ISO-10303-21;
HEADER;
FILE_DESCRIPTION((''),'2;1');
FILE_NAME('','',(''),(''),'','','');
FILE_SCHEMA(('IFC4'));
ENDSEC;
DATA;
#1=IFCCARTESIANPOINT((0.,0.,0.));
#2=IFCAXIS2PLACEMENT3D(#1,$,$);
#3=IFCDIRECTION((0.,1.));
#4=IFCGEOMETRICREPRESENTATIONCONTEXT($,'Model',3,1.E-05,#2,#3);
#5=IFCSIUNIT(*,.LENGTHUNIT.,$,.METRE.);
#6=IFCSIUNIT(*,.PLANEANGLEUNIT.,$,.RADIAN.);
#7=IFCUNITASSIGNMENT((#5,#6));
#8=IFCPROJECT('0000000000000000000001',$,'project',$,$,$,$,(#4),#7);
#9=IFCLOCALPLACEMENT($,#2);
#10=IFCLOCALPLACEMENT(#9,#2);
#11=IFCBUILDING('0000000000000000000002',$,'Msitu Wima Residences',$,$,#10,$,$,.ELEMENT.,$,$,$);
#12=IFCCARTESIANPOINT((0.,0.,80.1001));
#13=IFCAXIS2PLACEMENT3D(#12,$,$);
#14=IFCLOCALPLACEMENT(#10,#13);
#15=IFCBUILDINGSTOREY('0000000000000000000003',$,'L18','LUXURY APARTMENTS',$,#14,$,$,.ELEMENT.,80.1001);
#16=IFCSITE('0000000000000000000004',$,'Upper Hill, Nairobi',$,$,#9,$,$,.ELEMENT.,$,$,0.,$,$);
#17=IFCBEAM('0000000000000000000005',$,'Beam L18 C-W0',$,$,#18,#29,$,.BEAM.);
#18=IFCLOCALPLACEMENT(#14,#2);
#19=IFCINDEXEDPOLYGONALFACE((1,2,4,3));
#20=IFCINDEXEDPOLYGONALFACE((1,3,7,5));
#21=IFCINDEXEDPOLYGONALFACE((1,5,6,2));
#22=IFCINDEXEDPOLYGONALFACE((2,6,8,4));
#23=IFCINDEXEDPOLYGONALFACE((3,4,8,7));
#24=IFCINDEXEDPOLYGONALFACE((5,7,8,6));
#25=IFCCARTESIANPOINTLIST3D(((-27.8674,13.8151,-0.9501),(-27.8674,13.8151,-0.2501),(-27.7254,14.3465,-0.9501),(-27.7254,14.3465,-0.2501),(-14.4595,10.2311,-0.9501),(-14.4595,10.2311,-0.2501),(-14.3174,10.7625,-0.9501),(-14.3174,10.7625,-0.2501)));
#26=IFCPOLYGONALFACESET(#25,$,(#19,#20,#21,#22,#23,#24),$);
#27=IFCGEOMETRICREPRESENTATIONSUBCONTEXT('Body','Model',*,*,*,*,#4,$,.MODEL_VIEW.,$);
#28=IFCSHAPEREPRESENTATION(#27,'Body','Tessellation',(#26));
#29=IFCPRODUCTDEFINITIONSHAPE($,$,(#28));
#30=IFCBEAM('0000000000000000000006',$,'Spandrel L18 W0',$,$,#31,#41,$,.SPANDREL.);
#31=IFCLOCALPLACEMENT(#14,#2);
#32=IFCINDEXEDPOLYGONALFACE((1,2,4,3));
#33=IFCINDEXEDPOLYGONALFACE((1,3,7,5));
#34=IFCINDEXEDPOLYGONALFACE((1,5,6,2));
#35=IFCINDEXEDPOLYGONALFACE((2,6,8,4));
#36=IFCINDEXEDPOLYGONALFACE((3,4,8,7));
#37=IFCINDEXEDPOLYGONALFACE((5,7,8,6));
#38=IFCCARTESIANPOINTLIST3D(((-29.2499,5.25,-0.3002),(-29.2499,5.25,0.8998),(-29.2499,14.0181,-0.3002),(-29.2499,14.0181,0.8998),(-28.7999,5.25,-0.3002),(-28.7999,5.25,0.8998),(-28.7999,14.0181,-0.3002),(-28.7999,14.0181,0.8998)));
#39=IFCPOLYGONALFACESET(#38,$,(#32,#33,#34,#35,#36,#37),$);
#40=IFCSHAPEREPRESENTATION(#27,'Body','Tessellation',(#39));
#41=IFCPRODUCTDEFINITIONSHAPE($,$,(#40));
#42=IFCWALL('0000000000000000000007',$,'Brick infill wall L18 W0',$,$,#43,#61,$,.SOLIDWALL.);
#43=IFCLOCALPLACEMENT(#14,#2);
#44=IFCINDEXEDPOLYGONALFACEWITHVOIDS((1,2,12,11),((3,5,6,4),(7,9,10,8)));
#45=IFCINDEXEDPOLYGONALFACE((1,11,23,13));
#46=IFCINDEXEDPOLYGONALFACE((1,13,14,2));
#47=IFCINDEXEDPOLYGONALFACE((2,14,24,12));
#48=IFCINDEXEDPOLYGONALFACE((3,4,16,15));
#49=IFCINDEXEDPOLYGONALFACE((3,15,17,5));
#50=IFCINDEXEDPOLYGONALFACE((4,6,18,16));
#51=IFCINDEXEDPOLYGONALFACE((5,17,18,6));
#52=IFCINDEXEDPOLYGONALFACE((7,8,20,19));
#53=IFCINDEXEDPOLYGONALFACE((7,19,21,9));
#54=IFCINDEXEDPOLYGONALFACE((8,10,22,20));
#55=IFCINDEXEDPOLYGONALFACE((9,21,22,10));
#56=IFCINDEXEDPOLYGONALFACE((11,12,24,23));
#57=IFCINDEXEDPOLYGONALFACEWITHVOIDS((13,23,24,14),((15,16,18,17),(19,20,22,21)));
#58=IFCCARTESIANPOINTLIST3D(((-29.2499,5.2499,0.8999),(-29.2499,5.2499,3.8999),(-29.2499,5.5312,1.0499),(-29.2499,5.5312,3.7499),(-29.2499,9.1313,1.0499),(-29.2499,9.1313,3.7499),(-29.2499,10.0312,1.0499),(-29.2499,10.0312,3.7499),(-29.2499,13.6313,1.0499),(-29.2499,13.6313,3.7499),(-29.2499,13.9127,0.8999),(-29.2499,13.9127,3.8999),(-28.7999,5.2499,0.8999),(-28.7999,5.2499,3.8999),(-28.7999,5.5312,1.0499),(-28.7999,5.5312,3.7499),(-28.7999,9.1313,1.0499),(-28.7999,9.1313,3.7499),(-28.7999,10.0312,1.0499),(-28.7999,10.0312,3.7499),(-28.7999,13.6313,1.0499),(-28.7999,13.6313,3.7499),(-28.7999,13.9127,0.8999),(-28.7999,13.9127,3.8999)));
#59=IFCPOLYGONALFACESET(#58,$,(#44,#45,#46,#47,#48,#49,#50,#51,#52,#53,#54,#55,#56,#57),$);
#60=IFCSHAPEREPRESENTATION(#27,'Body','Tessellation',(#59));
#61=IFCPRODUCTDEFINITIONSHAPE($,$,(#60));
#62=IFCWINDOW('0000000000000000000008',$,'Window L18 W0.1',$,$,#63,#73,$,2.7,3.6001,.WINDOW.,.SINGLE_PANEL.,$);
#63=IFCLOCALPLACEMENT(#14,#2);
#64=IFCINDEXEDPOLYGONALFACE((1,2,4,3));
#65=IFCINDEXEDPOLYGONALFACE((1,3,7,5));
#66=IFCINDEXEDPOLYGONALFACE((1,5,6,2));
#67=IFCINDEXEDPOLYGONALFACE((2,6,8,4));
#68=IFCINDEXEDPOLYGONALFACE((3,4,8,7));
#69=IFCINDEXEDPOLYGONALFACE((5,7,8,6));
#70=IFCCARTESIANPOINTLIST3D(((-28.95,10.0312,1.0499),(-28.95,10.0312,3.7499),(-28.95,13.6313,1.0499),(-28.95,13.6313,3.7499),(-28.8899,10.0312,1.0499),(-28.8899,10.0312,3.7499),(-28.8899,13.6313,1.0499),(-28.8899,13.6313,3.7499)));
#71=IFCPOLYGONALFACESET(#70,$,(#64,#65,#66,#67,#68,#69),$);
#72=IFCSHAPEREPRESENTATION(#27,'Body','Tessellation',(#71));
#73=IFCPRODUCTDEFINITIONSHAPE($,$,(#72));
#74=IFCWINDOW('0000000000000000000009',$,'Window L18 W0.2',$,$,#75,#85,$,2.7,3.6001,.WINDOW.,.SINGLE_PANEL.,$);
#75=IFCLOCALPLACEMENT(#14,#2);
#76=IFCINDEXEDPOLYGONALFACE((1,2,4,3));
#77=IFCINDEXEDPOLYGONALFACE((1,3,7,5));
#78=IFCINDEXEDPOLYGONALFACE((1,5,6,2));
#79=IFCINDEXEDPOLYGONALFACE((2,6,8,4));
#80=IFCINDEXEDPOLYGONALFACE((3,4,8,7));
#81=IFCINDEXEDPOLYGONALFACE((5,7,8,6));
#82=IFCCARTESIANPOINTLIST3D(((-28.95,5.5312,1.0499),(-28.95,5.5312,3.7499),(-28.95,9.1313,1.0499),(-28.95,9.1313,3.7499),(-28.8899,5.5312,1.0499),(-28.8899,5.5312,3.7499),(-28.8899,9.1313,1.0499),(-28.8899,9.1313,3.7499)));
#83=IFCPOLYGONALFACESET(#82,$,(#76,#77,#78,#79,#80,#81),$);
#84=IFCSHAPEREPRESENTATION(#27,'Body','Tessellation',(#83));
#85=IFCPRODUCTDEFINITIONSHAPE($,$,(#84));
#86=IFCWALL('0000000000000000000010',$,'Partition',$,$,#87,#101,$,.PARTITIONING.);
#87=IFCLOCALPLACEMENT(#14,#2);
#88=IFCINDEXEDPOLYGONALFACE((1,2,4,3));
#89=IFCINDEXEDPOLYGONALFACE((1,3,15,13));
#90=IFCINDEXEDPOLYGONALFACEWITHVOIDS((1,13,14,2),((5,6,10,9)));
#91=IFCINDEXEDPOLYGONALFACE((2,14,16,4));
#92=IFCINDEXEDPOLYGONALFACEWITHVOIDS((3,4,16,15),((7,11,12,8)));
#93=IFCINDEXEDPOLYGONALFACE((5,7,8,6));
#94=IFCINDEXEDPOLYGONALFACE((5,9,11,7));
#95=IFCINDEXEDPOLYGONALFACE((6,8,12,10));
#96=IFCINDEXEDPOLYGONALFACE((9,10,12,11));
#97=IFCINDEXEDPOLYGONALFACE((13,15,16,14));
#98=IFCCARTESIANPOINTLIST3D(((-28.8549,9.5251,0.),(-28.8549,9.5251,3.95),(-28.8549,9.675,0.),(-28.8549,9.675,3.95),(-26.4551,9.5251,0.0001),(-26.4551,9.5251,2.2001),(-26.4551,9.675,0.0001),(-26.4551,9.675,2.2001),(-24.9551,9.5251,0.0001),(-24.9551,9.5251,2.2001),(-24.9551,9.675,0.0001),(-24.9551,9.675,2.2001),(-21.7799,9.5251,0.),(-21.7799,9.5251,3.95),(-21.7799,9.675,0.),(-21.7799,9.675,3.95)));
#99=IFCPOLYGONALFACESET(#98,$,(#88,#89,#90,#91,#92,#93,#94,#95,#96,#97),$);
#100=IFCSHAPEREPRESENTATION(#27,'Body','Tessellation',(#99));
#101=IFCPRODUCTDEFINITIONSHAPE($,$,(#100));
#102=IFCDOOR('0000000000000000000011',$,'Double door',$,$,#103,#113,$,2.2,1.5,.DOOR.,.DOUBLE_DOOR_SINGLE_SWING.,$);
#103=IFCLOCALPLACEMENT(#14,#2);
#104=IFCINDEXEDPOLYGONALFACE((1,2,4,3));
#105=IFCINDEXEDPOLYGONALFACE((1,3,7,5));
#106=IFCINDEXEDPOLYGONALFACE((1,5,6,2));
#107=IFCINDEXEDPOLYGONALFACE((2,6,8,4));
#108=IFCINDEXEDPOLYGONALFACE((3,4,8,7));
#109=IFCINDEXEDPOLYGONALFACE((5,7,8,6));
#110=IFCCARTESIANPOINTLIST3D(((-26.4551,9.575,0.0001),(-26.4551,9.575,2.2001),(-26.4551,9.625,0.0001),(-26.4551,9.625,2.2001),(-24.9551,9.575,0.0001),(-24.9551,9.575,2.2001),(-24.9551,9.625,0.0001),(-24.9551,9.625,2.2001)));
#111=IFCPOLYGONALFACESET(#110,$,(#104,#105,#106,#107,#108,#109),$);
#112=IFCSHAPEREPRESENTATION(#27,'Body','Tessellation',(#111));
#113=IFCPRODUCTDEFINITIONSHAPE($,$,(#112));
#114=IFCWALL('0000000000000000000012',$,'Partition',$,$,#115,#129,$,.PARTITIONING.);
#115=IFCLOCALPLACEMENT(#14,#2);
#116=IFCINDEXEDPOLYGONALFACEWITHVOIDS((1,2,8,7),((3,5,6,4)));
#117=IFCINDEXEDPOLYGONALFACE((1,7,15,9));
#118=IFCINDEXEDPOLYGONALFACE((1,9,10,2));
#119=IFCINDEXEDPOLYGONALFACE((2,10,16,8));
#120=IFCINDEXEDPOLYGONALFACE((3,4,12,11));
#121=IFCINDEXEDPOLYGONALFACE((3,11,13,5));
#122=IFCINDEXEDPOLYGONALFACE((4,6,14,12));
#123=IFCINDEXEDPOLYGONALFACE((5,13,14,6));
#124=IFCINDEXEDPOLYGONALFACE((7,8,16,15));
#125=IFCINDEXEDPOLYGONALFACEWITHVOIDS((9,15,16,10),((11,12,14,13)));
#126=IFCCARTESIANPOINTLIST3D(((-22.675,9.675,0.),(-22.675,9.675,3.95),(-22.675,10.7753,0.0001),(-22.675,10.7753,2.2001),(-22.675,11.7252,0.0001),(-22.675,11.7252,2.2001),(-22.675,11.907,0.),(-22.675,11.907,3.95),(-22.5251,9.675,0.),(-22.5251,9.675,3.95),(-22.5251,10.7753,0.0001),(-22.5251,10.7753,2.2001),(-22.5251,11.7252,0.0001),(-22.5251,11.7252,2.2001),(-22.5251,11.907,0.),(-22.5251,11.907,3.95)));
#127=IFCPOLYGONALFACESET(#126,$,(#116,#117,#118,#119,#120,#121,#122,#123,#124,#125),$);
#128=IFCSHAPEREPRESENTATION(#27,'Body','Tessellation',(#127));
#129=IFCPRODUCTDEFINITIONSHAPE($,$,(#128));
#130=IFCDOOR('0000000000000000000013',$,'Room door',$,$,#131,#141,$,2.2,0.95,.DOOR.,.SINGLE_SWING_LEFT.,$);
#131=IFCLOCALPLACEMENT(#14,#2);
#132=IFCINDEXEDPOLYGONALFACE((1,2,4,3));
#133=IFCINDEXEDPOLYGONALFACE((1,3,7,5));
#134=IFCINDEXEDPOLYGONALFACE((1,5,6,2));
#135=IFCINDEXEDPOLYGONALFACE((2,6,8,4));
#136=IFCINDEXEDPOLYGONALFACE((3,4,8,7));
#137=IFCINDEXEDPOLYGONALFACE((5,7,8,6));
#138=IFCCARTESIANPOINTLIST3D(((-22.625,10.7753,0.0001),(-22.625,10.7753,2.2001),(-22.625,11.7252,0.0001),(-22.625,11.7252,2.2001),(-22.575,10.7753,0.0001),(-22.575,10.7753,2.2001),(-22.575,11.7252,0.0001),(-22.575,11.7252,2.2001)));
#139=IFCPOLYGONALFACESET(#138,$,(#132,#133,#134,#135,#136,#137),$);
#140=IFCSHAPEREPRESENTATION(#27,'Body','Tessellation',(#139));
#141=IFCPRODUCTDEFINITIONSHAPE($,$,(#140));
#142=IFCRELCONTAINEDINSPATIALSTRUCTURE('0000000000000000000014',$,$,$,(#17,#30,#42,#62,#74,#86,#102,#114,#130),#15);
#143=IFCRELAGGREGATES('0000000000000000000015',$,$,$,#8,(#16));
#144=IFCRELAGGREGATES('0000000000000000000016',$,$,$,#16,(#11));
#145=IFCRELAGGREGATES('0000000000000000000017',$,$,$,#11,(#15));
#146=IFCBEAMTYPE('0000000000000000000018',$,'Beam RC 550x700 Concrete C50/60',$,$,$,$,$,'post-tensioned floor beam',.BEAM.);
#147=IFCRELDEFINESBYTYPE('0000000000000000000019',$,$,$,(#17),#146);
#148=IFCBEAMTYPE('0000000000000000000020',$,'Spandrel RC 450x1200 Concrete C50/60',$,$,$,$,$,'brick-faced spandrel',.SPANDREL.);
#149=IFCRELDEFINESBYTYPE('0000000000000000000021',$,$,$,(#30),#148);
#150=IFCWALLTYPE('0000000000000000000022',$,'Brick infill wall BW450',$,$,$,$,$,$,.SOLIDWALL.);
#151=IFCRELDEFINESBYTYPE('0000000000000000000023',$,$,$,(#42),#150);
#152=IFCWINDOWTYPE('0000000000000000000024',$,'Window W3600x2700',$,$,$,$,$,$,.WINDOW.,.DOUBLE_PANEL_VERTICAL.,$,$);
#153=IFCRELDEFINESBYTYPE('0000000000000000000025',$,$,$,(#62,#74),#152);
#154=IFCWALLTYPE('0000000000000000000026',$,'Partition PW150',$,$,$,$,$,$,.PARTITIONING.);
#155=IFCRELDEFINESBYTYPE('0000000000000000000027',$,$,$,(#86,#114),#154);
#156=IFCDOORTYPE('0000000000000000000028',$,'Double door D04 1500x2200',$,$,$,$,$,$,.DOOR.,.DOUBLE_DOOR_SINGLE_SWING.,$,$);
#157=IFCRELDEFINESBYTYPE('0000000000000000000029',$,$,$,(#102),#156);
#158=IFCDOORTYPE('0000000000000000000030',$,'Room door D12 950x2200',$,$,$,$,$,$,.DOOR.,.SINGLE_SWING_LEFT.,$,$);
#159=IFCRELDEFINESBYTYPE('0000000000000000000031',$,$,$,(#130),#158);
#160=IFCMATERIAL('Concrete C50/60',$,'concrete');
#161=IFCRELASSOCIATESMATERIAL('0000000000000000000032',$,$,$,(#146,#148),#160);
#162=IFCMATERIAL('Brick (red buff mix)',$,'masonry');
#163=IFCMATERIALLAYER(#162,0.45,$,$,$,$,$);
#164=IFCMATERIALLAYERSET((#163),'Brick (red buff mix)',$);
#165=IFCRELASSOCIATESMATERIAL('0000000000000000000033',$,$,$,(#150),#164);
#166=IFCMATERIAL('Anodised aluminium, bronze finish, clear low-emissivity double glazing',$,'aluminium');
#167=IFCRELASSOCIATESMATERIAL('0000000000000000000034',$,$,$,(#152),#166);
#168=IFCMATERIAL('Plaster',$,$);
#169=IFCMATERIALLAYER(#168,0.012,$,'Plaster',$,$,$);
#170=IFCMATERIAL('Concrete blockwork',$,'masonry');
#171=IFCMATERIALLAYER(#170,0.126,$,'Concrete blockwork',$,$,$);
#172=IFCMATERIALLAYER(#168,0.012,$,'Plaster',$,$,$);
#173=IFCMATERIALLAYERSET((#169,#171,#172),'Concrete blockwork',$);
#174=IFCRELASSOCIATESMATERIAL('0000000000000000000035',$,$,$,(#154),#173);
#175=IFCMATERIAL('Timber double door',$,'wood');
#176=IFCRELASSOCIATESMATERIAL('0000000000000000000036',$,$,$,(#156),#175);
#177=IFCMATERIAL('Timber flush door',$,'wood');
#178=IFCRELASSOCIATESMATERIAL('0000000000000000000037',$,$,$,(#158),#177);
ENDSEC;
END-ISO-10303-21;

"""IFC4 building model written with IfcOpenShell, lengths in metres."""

from ifc_helpers import new_model, si_unit, direction, frame, frame_2d, origin, origin_2d, place, context, subcontext, project, spatial, rectangle, extrude, material, layer, layer_set, material_profile, profile_set, type_object, element, fill, save


model = new_model("IFC4")

# Units and contexts
model_context = context("Model", 3, precision=1e-05, world=origin(), true_north=direction((0.0, 1.0)))
body_context = subcontext(model_context, "Body", "Model", "MODEL_VIEW")
ifc_project = project(units=[si_unit("LENGTHUNIT", "METRE"), si_unit("PLANEANGLEUNIT", "RADIAN")], contexts=[model_context])

# Site, building, storey
site_placement = place(None, origin())
site = spatial("IfcSite", under=ifc_project, at=site_placement, Name="Upper Hill, Nairobi", CompositionType="ELEMENT", RefElevation=0.0)
building_placement = place(site_placement, origin())
building = spatial("IfcBuilding", under=site, at=building_placement, Name="Msitu Wima Residences", CompositionType="ELEMENT")
storey_placement = place(building_placement, frame((0.0, 0.0, 80.1001)))
storey = spatial("IfcBuildingStorey", under=building, at=storey_placement, Name="L18", Description="LUXURY APARTMENTS", CompositionType="ELEMENT", Elevation=80.1001)

# Beams
ifc_material_1 = material(Name="Concrete C50/60", Category="concrete")
ifc_material_profile_1 = material_profile(ifc_material_1, rectangle(XDim=0.55, YDim=0.7, at=origin_2d()), Name="RC 550x700")
ifc_profile_set_1 = profile_set([ifc_material_profile_1], Name="Concrete C50/60")
beam_type_1 = type_object("IfcBeamType", Name="Beam RC 550x700 Concrete C50/60", ElementType="post-tensioned floor beam", PredefinedType="BEAM", material=ifc_profile_set_1)
beam_1_placement = place(storey_placement, frame((-27.7964, 14.0808, -0.6001), z_axis=(0.966082, -0.258236, 0.0), x_axis=(0.258236, 0.966082, 0.0)))
element("IfcBeam", 1, at=beam_1_placement, inside=storey, type_object=beam_type_1, Name="Beam L18 C-W0", PredefinedType="BEAM", context=body_context, shape_type="SweptSolid", body=[
    extrude(rectangle(XDim=0.55, YDim=0.7, at=origin_2d()), origin(), (0.0, 0.0, 1.0), 13.8787),
])
ifc_material_profile_2 = material_profile(ifc_material_1, rectangle(XDim=0.45, YDim=1.2, at=origin_2d()), Name="RC 450x1200")
ifc_profile_set_2 = profile_set([ifc_material_profile_2], Name="Concrete C50/60")
beam_type_2 = type_object("IfcBeamType", Name="Spandrel RC 450x1200 Concrete C50/60", ElementType="brick-faced spandrel", PredefinedType="SPANDREL", material=ifc_profile_set_2)
beam_2_placement = place(storey_placement, frame((-29.0249, 14.0181, 0.2998), z_axis=(0.0, -1.0, 0.0), x_axis=(1.0, 0.0, 0.0)))
element("IfcBeam", 2, at=beam_2_placement, inside=storey, type_object=beam_type_2, Name="Spandrel L18 W0", PredefinedType="SPANDREL", context=body_context, shape_type="SweptSolid", body=[
    extrude(rectangle(XDim=0.45, YDim=1.2, at=origin_2d()), origin(), (0.0, 0.0, 1.0), 8.7681),
])

# Wall, openings, windows
ifc_material_2 = material(Name="Brick (red buff mix)", Category="masonry")
ifc_layer_1 = layer(ifc_material_2, 0.45)
ifc_layer_set_1 = layer_set([ifc_layer_1], Name="Brick (red buff mix)")
wall_type_1 = type_object("IfcWallType", Name="Brick infill wall BW450", PredefinedType="SOLIDWALL", material=ifc_layer_set_1)
wall_1_placement = place(storey_placement, frame((-29.0249, 13.9128, 0.8999), z_axis=(0.0, 0.0, 1.0), x_axis=(0.0, -1.0, 0.0)))
wall_1 = element("IfcWall", 3, at=wall_1_placement, inside=storey, type_object=wall_type_1, Name="Brick infill wall L18 W0", PredefinedType="SOLIDWALL", context=body_context, shape_type="SweptSolid", body=[
    extrude(rectangle(XDim=8.6628, YDim=0.45, at=frame_2d((4.3315, 0.0))), origin(), (0.0, 0.0, 1.0), 3.0),
])
opening_1_placement = place(wall_1_placement, frame((0.2815, 0.0, 0.1499)))
opening_1 = element("IfcOpeningElement", 4, at=opening_1_placement, cuts=wall_1, PredefinedType="OPENING", context=body_context, shape_type="SweptSolid", body=[
    extrude(rectangle(XDim=3.6001, YDim=2.7, at=frame_2d((1.8, 1.3501))), frame((0.0, 0.2349, 0.0), z_axis=(0.0, -1.0, 0.0), x_axis=(1.0, 0.0, 0.0)), (0.0, 0.0, 1.0), 0.47),
])
opening_2_placement = place(wall_1_placement, frame((4.7815, 0.0, 0.1499)))
opening_2 = element("IfcOpeningElement", 5, at=opening_2_placement, cuts=wall_1, PredefinedType="OPENING", context=body_context, shape_type="SweptSolid", body=[
    extrude(rectangle(XDim=3.6001, YDim=2.7, at=frame_2d((1.8, 1.3501))), frame((0.0, 0.2349, 0.0), z_axis=(0.0, -1.0, 0.0), x_axis=(1.0, 0.0, 0.0)), (0.0, 0.0, 1.0), 0.47),
])
ifc_material_3 = material(Name="Anodised aluminium, bronze finish, clear low-emissivity double glazing", Category="aluminium")
window_type = type_object("IfcWindowType", Name="Window W3600x2700", PartitioningType="DOUBLE_PANEL_VERTICAL", PredefinedType="WINDOW", material=ifc_material_3)
window_1_placement = place(opening_1_placement, origin())
window_1 = element("IfcWindow", 6, at=window_1_placement, inside=storey, type_object=window_type, Name="Window L18 W0.1", OverallHeight=2.7, OverallWidth=3.6001, PartitioningType="SINGLE_PANEL", PredefinedType="WINDOW", context=body_context, shape_type="SweptSolid", body=[
    extrude(rectangle(XDim=3.6001, YDim=2.7, at=frame_2d((1.8, 1.3501))), frame((0.0, 0.135, 0.0), z_axis=(0.0, -1.0, 0.0), x_axis=(1.0, 0.0, 0.0)), (0.0, 0.0, 1.0), 0.0601),
])
fill(opening_1, window_1)
window_2_placement = place(opening_2_placement, origin())
window_2 = element("IfcWindow", 7, at=window_2_placement, inside=storey, type_object=window_type, Name="Window L18 W0.2", OverallHeight=2.7, OverallWidth=3.6001, PartitioningType="SINGLE_PANEL", PredefinedType="WINDOW", context=body_context, shape_type="SweptSolid", body=[
    extrude(rectangle(XDim=3.6001, YDim=2.7, at=frame_2d((1.8, 1.3501))), frame((0.0, 0.135, 0.0), z_axis=(0.0, -1.0, 0.0), x_axis=(1.0, 0.0, 0.0)), (0.0, 0.0, 1.0), 0.0601),
])
fill(opening_2, window_2)

# Walls, openings, doors
ifc_material_4 = material(Name="Plaster")
ifc_layer_2 = layer(ifc_material_4, 0.012, Name="Plaster")
ifc_material_5 = material(Name="Concrete blockwork", Category="masonry")
ifc_layer_3 = layer(ifc_material_5, 0.126, Name="Concrete blockwork")
ifc_layer_4 = layer(ifc_material_4, 0.012, Name="Plaster")
ifc_layer_set_2 = layer_set([ifc_layer_2, ifc_layer_3, ifc_layer_4], Name="Concrete blockwork")
wall_type_2 = type_object("IfcWallType", Name="Partition PW150", PredefinedType="PARTITIONING", material=ifc_layer_set_2)
wall_2_placement = place(storey_placement, frame((-28.855, 9.6001, 0.0), z_axis=(0.0, 0.0, 1.0), x_axis=(1.0, 0.0, 0.0)))
wall_2 = element("IfcWall", 8, at=wall_2_placement, inside=storey, type_object=wall_type_2, Name="Partition", PredefinedType="PARTITIONING", context=body_context, shape_type="SweptSolid", body=[
    extrude(rectangle(XDim=7.075, YDim=0.1499, at=frame_2d((3.5376, 0.0))), origin(), (0.0, 0.0, 1.0), 3.95),
])
opening_3_placement = place(wall_2_placement, frame((2.3999, 0.0, 0.0)))
opening_3 = element("IfcOpeningElement", 9, at=opening_3_placement, cuts=wall_2, PredefinedType="OPENING", context=body_context, shape_type="SweptSolid", body=[
    extrude(rectangle(XDim=1.5, YDim=2.2, at=frame_2d((0.75, 1.1001))), frame((0.0, 0.085, 0.0), z_axis=(0.0, -1.0, 0.0), x_axis=(1.0, 0.0, 0.0)), (0.0, 0.0, 1.0), 0.1699),
])
ifc_material_6 = material(Name="Timber double door", Category="wood")
door_type_1 = type_object("IfcDoorType", Name="Double door D04 1500x2200", OperationType="DOUBLE_DOOR_SINGLE_SWING", PredefinedType="DOOR", material=ifc_material_6)
door_1_placement = place(opening_3_placement, origin())
door_1 = element("IfcDoor", 10, at=door_1_placement, inside=storey, type_object=door_type_1, Name="Double door", OperationType="DOUBLE_DOOR_SINGLE_SWING", OverallHeight=2.2, OverallWidth=1.5, PredefinedType="DOOR", context=body_context, shape_type="SweptSolid", body=[
    extrude(rectangle(XDim=1.5, YDim=2.2, at=frame_2d((0.75, 1.1001))), frame((0.0, 0.0249, 0.0), z_axis=(0.0, -1.0, 0.0), x_axis=(1.0, 0.0, 0.0)), (0.0, 0.0, 1.0), 0.05),
])
fill(opening_3, door_1)
wall_3_placement = place(storey_placement, frame((-22.6001, 9.675, 0.0), z_axis=(0.0, 0.0, 1.0), x_axis=(0.0, 1.0, 0.0)))
wall_3 = element("IfcWall", 11, at=wall_3_placement, inside=storey, type_object=wall_type_2, Name="Partition", PredefinedType="PARTITIONING", context=body_context, shape_type="SweptSolid", body=[
    extrude(rectangle(XDim=2.2319, YDim=0.1499, at=frame_2d((1.116, 0.0))), origin(), (0.0, 0.0, 1.0), 3.95),
])
opening_4_placement = place(wall_3_placement, frame((1.1001, 0.0, 0.0)))
opening_4 = element("IfcOpeningElement", 12, at=opening_4_placement, cuts=wall_3, PredefinedType="OPENING", context=body_context, shape_type="SweptSolid", body=[
    extrude(rectangle(XDim=0.95, YDim=2.2, at=frame_2d((0.4751, 1.1001))), frame((0.0, 0.085, 0.0), z_axis=(0.0, -1.0, 0.0), x_axis=(1.0, 0.0, 0.0)), (0.0, 0.0, 1.0), 0.1699),
])
ifc_material_7 = material(Name="Timber flush door", Category="wood")
door_type_2 = type_object("IfcDoorType", Name="Room door D12 950x2200", OperationType="SINGLE_SWING_LEFT", PredefinedType="DOOR", material=ifc_material_7)
door_2_placement = place(opening_4_placement, origin())
door_2 = element("IfcDoor", 13, at=door_2_placement, inside=storey, type_object=door_type_2, Name="Room door", OperationType="SINGLE_SWING_LEFT", OverallHeight=2.2, OverallWidth=0.95, PredefinedType="DOOR", context=body_context, shape_type="SweptSolid", body=[
    extrude(rectangle(XDim=0.95, YDim=2.2, at=frame_2d((0.4751, 1.1001))), frame((0.0, 0.0249, 0.0), z_axis=(0.0, -1.0, 0.0), x_axis=(1.0, 0.0, 0.0)), (0.0, 0.0, 1.0), 0.05),
])
fill(opening_4, door_2)

save(model, "model.ifc")
